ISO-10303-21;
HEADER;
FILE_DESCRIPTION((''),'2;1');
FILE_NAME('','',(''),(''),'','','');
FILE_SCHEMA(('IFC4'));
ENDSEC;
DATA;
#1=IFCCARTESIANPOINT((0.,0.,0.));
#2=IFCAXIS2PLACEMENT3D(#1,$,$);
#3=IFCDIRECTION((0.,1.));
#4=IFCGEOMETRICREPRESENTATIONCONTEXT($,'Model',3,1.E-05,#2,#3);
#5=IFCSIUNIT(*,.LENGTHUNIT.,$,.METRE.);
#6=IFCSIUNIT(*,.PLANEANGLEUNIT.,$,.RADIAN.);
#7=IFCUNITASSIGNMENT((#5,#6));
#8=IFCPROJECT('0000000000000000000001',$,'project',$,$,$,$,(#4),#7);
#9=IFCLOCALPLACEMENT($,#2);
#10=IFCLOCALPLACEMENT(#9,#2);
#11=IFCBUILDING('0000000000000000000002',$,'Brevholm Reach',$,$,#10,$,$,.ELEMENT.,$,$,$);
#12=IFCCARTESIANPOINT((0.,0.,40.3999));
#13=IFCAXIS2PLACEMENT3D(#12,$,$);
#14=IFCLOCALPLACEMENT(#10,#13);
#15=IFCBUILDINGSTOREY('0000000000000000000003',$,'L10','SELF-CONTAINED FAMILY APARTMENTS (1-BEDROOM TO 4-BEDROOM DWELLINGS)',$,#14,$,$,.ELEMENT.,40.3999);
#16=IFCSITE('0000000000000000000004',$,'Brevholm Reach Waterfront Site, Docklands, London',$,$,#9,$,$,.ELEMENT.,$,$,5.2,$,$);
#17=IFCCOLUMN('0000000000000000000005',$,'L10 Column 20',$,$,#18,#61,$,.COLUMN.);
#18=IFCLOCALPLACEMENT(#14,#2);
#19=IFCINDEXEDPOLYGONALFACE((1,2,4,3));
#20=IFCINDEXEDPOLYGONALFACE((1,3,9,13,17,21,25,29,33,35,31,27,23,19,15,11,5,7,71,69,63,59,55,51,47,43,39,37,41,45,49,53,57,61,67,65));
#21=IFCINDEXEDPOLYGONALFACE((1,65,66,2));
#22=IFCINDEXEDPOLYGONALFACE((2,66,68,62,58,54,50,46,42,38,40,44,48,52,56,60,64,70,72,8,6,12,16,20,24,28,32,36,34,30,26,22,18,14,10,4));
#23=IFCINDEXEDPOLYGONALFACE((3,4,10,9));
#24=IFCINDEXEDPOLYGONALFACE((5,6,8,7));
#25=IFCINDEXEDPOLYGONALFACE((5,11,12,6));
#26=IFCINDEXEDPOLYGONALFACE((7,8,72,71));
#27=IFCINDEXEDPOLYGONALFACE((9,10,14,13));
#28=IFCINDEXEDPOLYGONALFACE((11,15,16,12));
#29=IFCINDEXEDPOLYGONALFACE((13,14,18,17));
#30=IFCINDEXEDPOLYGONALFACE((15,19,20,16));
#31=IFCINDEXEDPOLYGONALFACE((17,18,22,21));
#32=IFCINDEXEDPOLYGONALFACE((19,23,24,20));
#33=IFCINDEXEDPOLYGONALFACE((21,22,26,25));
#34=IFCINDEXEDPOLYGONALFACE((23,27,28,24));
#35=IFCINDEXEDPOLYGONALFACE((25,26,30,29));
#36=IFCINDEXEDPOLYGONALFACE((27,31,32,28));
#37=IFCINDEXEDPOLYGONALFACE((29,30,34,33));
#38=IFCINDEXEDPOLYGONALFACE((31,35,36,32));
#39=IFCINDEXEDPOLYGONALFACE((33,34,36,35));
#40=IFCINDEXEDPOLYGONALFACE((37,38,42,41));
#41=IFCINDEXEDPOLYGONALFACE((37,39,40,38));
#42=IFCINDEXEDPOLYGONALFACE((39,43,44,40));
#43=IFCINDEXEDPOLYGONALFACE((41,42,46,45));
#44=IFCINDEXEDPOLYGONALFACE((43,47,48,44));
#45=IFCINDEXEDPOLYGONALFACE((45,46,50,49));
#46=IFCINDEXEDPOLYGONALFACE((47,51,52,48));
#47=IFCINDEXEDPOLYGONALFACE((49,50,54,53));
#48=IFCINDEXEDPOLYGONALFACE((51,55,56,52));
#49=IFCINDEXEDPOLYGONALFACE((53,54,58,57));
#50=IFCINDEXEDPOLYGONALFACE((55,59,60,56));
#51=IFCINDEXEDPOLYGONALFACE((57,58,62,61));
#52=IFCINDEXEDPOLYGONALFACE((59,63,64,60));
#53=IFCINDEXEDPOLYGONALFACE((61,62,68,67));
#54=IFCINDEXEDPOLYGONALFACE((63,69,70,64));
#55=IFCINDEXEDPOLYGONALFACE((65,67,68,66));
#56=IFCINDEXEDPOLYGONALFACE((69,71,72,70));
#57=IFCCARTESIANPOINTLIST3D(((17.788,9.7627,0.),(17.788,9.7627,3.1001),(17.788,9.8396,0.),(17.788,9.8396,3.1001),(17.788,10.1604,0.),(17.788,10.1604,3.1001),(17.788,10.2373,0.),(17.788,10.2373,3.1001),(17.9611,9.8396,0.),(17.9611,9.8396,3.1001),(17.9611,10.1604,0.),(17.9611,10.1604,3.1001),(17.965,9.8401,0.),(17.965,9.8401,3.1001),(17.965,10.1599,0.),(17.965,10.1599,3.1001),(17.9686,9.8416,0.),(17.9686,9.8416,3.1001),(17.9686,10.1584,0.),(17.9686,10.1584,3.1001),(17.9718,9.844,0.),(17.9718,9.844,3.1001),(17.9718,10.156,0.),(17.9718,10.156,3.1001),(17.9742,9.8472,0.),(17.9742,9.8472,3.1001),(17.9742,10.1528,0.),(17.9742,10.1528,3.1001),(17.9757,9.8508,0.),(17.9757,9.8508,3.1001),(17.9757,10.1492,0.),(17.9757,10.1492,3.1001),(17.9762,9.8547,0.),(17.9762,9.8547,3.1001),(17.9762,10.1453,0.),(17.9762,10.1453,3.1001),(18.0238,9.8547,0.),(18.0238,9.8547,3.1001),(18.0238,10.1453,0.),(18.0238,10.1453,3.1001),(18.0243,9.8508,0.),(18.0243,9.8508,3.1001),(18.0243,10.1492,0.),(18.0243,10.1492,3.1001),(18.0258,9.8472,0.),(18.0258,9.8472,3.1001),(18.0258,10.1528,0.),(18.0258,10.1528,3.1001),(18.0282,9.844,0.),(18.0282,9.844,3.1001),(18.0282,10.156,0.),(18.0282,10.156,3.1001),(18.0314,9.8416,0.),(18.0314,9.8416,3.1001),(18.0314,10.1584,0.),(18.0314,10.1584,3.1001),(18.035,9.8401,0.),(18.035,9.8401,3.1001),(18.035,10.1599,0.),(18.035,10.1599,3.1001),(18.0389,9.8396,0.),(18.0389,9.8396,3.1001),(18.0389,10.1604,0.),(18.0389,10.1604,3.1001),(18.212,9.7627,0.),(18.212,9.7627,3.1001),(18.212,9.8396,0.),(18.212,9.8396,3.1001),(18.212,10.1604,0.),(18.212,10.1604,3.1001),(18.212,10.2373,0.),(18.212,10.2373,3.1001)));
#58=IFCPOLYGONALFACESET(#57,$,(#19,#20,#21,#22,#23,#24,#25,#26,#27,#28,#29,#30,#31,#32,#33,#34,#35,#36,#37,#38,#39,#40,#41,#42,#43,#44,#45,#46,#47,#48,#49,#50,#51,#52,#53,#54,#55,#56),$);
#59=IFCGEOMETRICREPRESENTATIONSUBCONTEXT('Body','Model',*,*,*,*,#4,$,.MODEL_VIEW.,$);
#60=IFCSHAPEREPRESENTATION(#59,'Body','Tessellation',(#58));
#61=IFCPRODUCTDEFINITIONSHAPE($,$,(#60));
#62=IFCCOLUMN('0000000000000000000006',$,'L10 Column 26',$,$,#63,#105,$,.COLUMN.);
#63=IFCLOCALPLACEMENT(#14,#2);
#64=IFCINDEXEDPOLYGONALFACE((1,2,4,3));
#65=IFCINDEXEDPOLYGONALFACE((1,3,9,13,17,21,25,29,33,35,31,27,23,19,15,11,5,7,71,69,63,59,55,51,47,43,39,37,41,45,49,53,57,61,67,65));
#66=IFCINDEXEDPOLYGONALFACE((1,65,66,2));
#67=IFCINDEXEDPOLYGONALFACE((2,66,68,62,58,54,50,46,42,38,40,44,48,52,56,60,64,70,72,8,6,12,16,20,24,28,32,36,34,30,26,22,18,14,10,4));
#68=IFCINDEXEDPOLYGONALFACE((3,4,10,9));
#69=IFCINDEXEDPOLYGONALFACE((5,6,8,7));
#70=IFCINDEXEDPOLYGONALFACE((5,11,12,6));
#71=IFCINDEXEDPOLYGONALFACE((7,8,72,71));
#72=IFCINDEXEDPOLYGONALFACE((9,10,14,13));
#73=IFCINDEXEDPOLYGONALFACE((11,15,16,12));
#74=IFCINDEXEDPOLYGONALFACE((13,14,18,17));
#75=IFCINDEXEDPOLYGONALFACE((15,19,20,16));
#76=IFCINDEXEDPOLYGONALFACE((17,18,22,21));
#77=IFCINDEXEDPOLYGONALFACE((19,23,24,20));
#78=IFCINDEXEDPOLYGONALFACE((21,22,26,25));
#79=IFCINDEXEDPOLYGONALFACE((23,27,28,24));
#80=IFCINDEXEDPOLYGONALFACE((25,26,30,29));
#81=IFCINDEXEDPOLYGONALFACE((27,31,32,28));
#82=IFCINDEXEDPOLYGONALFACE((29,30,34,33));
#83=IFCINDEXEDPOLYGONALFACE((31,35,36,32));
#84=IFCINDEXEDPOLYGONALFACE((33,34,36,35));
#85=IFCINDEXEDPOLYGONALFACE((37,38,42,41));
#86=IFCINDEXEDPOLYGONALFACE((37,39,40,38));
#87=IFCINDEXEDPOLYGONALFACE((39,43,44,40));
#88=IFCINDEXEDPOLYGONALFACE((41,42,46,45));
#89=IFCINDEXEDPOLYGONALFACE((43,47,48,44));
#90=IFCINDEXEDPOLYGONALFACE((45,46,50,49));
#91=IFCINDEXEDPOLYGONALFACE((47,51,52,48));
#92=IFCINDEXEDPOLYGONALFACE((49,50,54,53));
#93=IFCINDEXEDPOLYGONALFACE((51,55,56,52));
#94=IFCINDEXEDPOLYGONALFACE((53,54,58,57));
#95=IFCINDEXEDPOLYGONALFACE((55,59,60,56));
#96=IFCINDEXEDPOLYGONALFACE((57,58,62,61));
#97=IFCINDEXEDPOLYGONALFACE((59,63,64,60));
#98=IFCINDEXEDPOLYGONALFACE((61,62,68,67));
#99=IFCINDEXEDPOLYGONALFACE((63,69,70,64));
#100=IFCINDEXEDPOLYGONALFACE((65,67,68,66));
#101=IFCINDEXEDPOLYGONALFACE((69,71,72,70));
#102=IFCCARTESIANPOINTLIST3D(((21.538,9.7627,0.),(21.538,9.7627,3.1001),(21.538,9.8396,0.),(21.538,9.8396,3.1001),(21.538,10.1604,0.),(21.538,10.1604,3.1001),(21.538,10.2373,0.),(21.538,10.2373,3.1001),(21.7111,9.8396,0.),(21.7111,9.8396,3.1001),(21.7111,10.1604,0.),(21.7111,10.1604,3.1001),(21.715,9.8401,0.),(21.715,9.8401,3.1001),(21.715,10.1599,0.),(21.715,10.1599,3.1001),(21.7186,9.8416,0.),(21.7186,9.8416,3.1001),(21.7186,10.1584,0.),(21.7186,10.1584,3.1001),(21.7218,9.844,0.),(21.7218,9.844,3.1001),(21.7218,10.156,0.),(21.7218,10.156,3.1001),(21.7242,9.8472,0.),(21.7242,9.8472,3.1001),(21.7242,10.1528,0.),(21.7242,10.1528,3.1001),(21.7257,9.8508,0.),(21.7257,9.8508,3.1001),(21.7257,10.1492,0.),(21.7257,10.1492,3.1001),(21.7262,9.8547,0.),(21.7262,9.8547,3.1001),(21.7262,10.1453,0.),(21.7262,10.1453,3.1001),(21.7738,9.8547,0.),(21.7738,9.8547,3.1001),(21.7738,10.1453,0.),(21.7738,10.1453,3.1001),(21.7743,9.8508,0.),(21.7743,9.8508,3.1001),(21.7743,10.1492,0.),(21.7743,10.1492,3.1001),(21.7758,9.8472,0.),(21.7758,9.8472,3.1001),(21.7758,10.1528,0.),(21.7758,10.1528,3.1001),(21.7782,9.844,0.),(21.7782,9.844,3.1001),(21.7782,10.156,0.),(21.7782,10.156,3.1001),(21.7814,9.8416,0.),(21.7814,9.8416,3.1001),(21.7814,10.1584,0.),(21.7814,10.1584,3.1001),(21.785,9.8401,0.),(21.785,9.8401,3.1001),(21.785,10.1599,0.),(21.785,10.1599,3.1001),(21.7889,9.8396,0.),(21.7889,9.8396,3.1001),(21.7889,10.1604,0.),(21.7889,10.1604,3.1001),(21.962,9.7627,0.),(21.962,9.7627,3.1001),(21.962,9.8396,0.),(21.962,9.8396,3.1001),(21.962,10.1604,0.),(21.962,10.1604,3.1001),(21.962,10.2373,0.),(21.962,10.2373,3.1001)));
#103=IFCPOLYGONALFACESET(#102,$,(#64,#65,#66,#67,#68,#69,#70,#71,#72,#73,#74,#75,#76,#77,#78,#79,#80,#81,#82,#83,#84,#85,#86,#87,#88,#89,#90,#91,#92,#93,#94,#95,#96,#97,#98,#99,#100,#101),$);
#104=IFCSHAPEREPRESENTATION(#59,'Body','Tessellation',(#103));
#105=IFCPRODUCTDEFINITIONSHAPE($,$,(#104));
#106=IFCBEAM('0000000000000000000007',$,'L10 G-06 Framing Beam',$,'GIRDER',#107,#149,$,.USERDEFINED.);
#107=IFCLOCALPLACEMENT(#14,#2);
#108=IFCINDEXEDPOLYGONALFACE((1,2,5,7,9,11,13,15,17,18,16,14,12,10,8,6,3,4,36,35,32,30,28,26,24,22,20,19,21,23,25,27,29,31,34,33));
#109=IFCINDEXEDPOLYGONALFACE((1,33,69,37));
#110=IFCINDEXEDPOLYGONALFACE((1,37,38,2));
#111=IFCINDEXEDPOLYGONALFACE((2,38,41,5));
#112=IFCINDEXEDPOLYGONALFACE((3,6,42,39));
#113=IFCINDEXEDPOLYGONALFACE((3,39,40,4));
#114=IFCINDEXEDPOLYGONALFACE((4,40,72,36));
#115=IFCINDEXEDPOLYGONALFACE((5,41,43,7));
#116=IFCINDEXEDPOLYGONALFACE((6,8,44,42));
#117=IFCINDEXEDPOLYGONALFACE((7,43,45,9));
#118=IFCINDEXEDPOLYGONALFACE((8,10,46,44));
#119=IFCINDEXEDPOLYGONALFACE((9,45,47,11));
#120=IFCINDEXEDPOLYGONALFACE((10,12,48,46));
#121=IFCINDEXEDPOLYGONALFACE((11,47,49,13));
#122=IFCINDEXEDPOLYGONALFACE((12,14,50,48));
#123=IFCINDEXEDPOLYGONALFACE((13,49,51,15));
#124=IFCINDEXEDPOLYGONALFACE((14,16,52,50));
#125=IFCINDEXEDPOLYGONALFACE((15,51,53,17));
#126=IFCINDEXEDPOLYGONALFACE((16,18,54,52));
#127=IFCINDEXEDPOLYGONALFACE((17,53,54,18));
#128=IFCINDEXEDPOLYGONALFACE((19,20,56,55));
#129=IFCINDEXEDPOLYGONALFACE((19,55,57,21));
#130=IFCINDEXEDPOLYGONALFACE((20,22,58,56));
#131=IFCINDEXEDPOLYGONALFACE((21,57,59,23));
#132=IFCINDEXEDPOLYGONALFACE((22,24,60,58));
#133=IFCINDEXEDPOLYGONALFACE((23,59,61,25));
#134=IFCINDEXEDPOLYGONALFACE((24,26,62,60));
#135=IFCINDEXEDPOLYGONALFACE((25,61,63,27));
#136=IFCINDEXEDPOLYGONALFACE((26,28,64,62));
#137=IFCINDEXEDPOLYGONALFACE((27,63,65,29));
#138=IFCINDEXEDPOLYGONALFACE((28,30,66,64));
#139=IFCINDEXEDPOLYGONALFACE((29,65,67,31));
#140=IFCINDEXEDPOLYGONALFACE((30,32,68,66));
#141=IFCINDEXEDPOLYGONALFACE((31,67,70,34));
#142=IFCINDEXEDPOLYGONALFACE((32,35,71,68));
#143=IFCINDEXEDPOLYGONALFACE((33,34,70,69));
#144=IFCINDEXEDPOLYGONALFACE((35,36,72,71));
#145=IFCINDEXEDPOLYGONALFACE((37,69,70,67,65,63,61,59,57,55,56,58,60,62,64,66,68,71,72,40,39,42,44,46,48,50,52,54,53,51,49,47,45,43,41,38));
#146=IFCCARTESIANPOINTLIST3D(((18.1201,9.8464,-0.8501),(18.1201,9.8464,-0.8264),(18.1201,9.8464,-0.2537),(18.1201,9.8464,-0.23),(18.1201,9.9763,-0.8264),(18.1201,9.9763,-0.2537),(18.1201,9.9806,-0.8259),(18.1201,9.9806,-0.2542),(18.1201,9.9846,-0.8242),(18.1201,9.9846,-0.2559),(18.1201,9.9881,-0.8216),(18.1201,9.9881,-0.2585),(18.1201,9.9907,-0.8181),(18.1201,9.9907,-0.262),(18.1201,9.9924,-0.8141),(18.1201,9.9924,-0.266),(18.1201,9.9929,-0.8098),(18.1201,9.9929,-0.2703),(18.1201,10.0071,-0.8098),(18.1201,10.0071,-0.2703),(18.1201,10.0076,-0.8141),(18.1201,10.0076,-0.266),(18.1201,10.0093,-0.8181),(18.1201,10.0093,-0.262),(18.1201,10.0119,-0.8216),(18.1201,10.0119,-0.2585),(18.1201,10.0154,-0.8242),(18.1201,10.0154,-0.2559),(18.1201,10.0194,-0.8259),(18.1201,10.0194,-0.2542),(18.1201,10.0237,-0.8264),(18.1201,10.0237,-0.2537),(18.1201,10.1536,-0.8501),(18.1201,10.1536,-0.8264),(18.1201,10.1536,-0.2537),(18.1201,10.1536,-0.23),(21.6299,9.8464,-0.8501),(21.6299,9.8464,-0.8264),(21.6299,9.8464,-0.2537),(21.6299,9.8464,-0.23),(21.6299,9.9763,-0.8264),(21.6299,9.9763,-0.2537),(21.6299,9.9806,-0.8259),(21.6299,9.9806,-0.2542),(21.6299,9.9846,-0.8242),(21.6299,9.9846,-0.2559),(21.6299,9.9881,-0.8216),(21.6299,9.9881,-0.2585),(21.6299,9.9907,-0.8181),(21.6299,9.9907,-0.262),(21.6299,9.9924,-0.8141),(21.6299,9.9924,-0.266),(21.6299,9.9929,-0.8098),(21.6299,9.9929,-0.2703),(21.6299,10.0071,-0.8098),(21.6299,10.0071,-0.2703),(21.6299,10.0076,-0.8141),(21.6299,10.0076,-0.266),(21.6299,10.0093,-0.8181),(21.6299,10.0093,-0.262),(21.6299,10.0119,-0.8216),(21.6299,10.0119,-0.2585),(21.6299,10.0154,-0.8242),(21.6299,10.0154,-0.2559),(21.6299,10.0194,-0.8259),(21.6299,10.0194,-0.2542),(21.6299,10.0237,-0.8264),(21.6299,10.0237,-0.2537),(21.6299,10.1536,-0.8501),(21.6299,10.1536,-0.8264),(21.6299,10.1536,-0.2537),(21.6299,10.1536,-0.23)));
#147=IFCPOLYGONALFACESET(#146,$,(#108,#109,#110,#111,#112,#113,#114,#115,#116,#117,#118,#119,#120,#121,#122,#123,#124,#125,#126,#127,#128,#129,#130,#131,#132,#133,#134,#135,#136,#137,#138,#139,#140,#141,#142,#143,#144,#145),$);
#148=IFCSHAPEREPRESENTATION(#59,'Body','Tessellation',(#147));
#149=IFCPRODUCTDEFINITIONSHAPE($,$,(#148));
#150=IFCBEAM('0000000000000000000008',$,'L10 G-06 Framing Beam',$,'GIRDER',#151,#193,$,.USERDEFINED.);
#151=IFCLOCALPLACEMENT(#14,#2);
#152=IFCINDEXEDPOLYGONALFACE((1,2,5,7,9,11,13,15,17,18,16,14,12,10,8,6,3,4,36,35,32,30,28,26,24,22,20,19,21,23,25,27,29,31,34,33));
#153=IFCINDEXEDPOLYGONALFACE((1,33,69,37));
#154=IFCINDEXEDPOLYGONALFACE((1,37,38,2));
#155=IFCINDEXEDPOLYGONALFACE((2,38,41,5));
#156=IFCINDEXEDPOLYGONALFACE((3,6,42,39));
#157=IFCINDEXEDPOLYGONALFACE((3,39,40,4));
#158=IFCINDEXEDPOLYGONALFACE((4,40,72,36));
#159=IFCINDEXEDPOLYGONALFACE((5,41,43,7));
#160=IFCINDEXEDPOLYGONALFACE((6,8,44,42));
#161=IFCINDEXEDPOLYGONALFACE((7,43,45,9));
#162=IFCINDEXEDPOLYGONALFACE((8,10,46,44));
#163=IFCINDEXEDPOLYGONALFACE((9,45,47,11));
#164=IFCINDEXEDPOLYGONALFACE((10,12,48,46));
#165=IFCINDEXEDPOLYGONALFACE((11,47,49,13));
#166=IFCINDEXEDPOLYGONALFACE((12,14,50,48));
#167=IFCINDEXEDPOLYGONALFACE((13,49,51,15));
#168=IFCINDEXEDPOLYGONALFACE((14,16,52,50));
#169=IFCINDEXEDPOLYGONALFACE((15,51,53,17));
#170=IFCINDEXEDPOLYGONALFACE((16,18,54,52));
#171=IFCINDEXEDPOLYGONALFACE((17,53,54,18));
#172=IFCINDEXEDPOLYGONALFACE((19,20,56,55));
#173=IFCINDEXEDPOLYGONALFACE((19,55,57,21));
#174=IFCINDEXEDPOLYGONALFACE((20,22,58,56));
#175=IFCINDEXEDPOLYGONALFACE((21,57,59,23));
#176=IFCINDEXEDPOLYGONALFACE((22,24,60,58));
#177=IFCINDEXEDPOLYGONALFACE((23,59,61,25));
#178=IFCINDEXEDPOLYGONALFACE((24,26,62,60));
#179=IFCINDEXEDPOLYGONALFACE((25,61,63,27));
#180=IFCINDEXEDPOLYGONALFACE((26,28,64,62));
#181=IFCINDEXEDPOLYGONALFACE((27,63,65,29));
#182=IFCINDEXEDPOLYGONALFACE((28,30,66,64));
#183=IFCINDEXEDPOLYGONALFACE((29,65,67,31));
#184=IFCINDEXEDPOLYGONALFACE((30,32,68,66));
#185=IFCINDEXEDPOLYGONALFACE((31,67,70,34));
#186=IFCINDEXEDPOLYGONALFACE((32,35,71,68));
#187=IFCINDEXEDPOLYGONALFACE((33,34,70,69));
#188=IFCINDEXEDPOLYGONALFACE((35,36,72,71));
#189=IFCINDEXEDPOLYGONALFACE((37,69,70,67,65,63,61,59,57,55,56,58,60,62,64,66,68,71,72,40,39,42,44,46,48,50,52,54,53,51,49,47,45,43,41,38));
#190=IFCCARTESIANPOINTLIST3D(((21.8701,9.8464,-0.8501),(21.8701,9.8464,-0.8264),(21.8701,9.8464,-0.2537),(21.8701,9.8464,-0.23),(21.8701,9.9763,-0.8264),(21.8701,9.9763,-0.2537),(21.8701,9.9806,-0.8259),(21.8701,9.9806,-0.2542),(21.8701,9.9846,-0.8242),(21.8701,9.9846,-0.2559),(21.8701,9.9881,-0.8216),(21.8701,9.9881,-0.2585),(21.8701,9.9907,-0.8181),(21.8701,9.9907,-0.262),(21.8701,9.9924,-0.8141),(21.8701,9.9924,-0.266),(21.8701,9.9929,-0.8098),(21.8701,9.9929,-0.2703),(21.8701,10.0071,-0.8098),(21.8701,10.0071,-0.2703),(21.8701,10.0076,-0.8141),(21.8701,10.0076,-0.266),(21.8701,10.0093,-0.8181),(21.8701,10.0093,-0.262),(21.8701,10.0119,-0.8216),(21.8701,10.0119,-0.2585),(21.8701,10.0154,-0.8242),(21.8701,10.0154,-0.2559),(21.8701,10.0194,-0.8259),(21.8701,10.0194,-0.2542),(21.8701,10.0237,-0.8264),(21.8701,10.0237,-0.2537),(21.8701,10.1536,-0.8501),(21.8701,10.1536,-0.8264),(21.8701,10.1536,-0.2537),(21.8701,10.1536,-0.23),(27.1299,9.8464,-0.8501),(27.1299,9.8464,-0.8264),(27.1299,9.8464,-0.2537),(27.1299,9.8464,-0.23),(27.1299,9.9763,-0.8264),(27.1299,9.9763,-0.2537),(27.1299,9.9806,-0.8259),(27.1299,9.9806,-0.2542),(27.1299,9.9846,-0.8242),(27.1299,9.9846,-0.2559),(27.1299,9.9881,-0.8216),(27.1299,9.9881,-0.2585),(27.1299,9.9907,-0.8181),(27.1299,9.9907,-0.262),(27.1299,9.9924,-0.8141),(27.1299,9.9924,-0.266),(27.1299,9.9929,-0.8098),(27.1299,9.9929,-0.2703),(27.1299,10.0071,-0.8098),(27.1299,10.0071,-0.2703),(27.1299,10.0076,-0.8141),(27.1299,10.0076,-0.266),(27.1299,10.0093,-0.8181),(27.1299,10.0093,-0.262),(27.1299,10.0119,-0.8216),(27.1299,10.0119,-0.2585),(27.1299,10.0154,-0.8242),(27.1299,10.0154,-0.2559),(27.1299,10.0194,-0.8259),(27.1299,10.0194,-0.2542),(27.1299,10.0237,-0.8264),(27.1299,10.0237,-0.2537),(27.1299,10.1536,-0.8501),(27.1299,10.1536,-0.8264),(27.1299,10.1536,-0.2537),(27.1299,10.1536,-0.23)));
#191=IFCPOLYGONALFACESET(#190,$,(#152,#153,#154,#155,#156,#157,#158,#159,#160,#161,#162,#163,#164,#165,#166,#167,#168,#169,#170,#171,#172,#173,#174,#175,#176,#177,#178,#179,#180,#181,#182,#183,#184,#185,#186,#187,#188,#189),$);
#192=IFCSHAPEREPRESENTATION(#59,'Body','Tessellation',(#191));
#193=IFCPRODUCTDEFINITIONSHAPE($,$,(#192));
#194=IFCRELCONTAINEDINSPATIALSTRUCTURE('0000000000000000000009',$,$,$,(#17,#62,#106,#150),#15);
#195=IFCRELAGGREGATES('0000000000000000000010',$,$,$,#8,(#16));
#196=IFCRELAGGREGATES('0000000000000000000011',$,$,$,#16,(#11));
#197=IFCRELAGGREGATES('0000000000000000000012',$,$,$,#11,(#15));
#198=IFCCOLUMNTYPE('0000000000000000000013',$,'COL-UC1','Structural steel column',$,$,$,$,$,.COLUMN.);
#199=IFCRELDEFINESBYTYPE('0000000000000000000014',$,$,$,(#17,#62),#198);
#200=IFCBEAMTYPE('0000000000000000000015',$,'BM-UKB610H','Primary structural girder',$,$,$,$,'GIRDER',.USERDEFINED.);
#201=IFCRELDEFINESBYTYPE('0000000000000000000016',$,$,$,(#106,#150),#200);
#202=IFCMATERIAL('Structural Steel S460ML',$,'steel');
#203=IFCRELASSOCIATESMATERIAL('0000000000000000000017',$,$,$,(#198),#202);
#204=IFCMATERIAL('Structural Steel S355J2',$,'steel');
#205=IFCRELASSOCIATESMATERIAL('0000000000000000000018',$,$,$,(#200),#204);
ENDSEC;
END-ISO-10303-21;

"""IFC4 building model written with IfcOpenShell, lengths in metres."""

from ifc_helpers import new_model, si_unit, direction, frame, origin, origin_2d, place, context, subcontext, project, spatial, i_section, extrude, material, material_profile, profile_set, type_object, element, save


model = new_model("IFC4")

# Units and contexts
model_context = context("Model", 3, precision=1e-05, world=origin(), true_north=direction((0.0, 1.0)))
body_context = subcontext(model_context, "Body", "Model", "MODEL_VIEW")
ifc_project = project(units=[si_unit("LENGTHUNIT", "METRE"), si_unit("PLANEANGLEUNIT", "RADIAN")], contexts=[model_context])

# Site, building, storey
site_placement = place(None, origin())
site = spatial("IfcSite", under=ifc_project, at=site_placement, Name="Brevholm Reach Waterfront Site, Docklands, London", CompositionType="ELEMENT", RefElevation=5.2)
building_placement = place(site_placement, origin())
building = spatial("IfcBuilding", under=site, at=building_placement, Name="Brevholm Reach", CompositionType="ELEMENT")
storey_placement = place(building_placement, frame((0.0, 0.0, 40.3999)))
storey = spatial("IfcBuildingStorey", under=building, at=storey_placement, Name="L10", Description="SELF-CONTAINED FAMILY APARTMENTS (1-BEDROOM TO 4-BEDROOM DWELLINGS)", CompositionType="ELEMENT", Elevation=40.3999)

# Columns
ifc_material_1 = material(Name="Structural Steel S460ML", Category="steel")
ifc_material_profile_1 = material_profile(ifc_material_1, i_section(OverallWidth=0.4241, OverallDepth=0.4746, WebThickness=0.0476, FlangeThickness=0.0769, FilletRadius=0.0151, at=origin_2d()), Name="UKC 356x406x634")
ifc_profile_set_1 = profile_set([ifc_material_profile_1], Name="Structural Steel S460ML")
column_type = type_object("IfcColumnType", Name="COL-UC1", Description="Structural steel column", PredefinedType="COLUMN", material=ifc_profile_set_1)
for number, where, z_axis, x_axis, name in (
    (1, (18.0, 10.0, 0.0), (0.0, 0.0, 1.0), (1.0, 0.0, 0.0), "L10 Column 20"),
    (2, (21.75, 10.0, 0.0), (0.0, 0.0, 1.0), (1.0, 0.0, 0.0), "L10 Column 26"),
):
    element("IfcColumn", number, at=place(storey_placement, frame(where, z_axis=z_axis, x_axis=x_axis)), inside=storey, type_object=column_type, Name=name, PredefinedType="COLUMN", context=body_context, shape_type="SweptSolid", body=[
        extrude(i_section(OverallWidth=0.4241, OverallDepth=0.4746, WebThickness=0.0476, FlangeThickness=0.0769, FilletRadius=0.0151, at=origin_2d()), origin(), (0.0, 0.0, 1.0), 3.1001),
    ])

# Beams
ifc_material_2 = material(Name="Structural Steel S355J2", Category="steel")
ifc_material_profile_2 = material_profile(ifc_material_2, i_section(OverallWidth=0.3071, OverallDepth=0.6201, WebThickness=0.0142, FlangeThickness=0.0237, FilletRadius=0.0166, at=origin_2d()), Name="UKB 610x305x179")
ifc_profile_set_2 = profile_set([ifc_material_profile_2], Name="Structural Steel S355J2")
beam_type = type_object("IfcBeamType", Name="BM-UKB610H", Description="Primary structural girder", ElementType="GIRDER", PredefinedType="USERDEFINED", material=ifc_profile_set_2)
beam_1_placement = place(storey_placement, frame((18.1201, 10.0, -0.54), z_axis=(1.0, 0.0, 0.0), x_axis=(0.0, 1.0, 0.0)))
element("IfcBeam", 3, at=beam_1_placement, inside=storey, type_object=beam_type, Name="L10 G-06 Framing Beam", ObjectType="GIRDER", PredefinedType="USERDEFINED", context=body_context, shape_type="SweptSolid", body=[
    extrude(i_section(OverallWidth=0.3071, OverallDepth=0.6201, WebThickness=0.0142, FlangeThickness=0.0237, FilletRadius=0.0166, at=origin_2d()), origin(), (0.0, 0.0, 1.0), 3.5098),
])
beam_2_placement = place(storey_placement, frame((21.8701, 10.0, -0.54), z_axis=(1.0, 0.0, 0.0), x_axis=(0.0, 1.0, 0.0)))
element("IfcBeam", 4, at=beam_2_placement, inside=storey, type_object=beam_type, Name="L10 G-06 Framing Beam", ObjectType="GIRDER", PredefinedType="USERDEFINED", context=body_context, shape_type="SweptSolid", body=[
    extrude(i_section(OverallWidth=0.3071, OverallDepth=0.6201, WebThickness=0.0142, FlangeThickness=0.0237, FilletRadius=0.0166, at=origin_2d()), origin(), (0.0, 0.0, 1.0), 5.2598),
])

save(model, "model.ifc")
